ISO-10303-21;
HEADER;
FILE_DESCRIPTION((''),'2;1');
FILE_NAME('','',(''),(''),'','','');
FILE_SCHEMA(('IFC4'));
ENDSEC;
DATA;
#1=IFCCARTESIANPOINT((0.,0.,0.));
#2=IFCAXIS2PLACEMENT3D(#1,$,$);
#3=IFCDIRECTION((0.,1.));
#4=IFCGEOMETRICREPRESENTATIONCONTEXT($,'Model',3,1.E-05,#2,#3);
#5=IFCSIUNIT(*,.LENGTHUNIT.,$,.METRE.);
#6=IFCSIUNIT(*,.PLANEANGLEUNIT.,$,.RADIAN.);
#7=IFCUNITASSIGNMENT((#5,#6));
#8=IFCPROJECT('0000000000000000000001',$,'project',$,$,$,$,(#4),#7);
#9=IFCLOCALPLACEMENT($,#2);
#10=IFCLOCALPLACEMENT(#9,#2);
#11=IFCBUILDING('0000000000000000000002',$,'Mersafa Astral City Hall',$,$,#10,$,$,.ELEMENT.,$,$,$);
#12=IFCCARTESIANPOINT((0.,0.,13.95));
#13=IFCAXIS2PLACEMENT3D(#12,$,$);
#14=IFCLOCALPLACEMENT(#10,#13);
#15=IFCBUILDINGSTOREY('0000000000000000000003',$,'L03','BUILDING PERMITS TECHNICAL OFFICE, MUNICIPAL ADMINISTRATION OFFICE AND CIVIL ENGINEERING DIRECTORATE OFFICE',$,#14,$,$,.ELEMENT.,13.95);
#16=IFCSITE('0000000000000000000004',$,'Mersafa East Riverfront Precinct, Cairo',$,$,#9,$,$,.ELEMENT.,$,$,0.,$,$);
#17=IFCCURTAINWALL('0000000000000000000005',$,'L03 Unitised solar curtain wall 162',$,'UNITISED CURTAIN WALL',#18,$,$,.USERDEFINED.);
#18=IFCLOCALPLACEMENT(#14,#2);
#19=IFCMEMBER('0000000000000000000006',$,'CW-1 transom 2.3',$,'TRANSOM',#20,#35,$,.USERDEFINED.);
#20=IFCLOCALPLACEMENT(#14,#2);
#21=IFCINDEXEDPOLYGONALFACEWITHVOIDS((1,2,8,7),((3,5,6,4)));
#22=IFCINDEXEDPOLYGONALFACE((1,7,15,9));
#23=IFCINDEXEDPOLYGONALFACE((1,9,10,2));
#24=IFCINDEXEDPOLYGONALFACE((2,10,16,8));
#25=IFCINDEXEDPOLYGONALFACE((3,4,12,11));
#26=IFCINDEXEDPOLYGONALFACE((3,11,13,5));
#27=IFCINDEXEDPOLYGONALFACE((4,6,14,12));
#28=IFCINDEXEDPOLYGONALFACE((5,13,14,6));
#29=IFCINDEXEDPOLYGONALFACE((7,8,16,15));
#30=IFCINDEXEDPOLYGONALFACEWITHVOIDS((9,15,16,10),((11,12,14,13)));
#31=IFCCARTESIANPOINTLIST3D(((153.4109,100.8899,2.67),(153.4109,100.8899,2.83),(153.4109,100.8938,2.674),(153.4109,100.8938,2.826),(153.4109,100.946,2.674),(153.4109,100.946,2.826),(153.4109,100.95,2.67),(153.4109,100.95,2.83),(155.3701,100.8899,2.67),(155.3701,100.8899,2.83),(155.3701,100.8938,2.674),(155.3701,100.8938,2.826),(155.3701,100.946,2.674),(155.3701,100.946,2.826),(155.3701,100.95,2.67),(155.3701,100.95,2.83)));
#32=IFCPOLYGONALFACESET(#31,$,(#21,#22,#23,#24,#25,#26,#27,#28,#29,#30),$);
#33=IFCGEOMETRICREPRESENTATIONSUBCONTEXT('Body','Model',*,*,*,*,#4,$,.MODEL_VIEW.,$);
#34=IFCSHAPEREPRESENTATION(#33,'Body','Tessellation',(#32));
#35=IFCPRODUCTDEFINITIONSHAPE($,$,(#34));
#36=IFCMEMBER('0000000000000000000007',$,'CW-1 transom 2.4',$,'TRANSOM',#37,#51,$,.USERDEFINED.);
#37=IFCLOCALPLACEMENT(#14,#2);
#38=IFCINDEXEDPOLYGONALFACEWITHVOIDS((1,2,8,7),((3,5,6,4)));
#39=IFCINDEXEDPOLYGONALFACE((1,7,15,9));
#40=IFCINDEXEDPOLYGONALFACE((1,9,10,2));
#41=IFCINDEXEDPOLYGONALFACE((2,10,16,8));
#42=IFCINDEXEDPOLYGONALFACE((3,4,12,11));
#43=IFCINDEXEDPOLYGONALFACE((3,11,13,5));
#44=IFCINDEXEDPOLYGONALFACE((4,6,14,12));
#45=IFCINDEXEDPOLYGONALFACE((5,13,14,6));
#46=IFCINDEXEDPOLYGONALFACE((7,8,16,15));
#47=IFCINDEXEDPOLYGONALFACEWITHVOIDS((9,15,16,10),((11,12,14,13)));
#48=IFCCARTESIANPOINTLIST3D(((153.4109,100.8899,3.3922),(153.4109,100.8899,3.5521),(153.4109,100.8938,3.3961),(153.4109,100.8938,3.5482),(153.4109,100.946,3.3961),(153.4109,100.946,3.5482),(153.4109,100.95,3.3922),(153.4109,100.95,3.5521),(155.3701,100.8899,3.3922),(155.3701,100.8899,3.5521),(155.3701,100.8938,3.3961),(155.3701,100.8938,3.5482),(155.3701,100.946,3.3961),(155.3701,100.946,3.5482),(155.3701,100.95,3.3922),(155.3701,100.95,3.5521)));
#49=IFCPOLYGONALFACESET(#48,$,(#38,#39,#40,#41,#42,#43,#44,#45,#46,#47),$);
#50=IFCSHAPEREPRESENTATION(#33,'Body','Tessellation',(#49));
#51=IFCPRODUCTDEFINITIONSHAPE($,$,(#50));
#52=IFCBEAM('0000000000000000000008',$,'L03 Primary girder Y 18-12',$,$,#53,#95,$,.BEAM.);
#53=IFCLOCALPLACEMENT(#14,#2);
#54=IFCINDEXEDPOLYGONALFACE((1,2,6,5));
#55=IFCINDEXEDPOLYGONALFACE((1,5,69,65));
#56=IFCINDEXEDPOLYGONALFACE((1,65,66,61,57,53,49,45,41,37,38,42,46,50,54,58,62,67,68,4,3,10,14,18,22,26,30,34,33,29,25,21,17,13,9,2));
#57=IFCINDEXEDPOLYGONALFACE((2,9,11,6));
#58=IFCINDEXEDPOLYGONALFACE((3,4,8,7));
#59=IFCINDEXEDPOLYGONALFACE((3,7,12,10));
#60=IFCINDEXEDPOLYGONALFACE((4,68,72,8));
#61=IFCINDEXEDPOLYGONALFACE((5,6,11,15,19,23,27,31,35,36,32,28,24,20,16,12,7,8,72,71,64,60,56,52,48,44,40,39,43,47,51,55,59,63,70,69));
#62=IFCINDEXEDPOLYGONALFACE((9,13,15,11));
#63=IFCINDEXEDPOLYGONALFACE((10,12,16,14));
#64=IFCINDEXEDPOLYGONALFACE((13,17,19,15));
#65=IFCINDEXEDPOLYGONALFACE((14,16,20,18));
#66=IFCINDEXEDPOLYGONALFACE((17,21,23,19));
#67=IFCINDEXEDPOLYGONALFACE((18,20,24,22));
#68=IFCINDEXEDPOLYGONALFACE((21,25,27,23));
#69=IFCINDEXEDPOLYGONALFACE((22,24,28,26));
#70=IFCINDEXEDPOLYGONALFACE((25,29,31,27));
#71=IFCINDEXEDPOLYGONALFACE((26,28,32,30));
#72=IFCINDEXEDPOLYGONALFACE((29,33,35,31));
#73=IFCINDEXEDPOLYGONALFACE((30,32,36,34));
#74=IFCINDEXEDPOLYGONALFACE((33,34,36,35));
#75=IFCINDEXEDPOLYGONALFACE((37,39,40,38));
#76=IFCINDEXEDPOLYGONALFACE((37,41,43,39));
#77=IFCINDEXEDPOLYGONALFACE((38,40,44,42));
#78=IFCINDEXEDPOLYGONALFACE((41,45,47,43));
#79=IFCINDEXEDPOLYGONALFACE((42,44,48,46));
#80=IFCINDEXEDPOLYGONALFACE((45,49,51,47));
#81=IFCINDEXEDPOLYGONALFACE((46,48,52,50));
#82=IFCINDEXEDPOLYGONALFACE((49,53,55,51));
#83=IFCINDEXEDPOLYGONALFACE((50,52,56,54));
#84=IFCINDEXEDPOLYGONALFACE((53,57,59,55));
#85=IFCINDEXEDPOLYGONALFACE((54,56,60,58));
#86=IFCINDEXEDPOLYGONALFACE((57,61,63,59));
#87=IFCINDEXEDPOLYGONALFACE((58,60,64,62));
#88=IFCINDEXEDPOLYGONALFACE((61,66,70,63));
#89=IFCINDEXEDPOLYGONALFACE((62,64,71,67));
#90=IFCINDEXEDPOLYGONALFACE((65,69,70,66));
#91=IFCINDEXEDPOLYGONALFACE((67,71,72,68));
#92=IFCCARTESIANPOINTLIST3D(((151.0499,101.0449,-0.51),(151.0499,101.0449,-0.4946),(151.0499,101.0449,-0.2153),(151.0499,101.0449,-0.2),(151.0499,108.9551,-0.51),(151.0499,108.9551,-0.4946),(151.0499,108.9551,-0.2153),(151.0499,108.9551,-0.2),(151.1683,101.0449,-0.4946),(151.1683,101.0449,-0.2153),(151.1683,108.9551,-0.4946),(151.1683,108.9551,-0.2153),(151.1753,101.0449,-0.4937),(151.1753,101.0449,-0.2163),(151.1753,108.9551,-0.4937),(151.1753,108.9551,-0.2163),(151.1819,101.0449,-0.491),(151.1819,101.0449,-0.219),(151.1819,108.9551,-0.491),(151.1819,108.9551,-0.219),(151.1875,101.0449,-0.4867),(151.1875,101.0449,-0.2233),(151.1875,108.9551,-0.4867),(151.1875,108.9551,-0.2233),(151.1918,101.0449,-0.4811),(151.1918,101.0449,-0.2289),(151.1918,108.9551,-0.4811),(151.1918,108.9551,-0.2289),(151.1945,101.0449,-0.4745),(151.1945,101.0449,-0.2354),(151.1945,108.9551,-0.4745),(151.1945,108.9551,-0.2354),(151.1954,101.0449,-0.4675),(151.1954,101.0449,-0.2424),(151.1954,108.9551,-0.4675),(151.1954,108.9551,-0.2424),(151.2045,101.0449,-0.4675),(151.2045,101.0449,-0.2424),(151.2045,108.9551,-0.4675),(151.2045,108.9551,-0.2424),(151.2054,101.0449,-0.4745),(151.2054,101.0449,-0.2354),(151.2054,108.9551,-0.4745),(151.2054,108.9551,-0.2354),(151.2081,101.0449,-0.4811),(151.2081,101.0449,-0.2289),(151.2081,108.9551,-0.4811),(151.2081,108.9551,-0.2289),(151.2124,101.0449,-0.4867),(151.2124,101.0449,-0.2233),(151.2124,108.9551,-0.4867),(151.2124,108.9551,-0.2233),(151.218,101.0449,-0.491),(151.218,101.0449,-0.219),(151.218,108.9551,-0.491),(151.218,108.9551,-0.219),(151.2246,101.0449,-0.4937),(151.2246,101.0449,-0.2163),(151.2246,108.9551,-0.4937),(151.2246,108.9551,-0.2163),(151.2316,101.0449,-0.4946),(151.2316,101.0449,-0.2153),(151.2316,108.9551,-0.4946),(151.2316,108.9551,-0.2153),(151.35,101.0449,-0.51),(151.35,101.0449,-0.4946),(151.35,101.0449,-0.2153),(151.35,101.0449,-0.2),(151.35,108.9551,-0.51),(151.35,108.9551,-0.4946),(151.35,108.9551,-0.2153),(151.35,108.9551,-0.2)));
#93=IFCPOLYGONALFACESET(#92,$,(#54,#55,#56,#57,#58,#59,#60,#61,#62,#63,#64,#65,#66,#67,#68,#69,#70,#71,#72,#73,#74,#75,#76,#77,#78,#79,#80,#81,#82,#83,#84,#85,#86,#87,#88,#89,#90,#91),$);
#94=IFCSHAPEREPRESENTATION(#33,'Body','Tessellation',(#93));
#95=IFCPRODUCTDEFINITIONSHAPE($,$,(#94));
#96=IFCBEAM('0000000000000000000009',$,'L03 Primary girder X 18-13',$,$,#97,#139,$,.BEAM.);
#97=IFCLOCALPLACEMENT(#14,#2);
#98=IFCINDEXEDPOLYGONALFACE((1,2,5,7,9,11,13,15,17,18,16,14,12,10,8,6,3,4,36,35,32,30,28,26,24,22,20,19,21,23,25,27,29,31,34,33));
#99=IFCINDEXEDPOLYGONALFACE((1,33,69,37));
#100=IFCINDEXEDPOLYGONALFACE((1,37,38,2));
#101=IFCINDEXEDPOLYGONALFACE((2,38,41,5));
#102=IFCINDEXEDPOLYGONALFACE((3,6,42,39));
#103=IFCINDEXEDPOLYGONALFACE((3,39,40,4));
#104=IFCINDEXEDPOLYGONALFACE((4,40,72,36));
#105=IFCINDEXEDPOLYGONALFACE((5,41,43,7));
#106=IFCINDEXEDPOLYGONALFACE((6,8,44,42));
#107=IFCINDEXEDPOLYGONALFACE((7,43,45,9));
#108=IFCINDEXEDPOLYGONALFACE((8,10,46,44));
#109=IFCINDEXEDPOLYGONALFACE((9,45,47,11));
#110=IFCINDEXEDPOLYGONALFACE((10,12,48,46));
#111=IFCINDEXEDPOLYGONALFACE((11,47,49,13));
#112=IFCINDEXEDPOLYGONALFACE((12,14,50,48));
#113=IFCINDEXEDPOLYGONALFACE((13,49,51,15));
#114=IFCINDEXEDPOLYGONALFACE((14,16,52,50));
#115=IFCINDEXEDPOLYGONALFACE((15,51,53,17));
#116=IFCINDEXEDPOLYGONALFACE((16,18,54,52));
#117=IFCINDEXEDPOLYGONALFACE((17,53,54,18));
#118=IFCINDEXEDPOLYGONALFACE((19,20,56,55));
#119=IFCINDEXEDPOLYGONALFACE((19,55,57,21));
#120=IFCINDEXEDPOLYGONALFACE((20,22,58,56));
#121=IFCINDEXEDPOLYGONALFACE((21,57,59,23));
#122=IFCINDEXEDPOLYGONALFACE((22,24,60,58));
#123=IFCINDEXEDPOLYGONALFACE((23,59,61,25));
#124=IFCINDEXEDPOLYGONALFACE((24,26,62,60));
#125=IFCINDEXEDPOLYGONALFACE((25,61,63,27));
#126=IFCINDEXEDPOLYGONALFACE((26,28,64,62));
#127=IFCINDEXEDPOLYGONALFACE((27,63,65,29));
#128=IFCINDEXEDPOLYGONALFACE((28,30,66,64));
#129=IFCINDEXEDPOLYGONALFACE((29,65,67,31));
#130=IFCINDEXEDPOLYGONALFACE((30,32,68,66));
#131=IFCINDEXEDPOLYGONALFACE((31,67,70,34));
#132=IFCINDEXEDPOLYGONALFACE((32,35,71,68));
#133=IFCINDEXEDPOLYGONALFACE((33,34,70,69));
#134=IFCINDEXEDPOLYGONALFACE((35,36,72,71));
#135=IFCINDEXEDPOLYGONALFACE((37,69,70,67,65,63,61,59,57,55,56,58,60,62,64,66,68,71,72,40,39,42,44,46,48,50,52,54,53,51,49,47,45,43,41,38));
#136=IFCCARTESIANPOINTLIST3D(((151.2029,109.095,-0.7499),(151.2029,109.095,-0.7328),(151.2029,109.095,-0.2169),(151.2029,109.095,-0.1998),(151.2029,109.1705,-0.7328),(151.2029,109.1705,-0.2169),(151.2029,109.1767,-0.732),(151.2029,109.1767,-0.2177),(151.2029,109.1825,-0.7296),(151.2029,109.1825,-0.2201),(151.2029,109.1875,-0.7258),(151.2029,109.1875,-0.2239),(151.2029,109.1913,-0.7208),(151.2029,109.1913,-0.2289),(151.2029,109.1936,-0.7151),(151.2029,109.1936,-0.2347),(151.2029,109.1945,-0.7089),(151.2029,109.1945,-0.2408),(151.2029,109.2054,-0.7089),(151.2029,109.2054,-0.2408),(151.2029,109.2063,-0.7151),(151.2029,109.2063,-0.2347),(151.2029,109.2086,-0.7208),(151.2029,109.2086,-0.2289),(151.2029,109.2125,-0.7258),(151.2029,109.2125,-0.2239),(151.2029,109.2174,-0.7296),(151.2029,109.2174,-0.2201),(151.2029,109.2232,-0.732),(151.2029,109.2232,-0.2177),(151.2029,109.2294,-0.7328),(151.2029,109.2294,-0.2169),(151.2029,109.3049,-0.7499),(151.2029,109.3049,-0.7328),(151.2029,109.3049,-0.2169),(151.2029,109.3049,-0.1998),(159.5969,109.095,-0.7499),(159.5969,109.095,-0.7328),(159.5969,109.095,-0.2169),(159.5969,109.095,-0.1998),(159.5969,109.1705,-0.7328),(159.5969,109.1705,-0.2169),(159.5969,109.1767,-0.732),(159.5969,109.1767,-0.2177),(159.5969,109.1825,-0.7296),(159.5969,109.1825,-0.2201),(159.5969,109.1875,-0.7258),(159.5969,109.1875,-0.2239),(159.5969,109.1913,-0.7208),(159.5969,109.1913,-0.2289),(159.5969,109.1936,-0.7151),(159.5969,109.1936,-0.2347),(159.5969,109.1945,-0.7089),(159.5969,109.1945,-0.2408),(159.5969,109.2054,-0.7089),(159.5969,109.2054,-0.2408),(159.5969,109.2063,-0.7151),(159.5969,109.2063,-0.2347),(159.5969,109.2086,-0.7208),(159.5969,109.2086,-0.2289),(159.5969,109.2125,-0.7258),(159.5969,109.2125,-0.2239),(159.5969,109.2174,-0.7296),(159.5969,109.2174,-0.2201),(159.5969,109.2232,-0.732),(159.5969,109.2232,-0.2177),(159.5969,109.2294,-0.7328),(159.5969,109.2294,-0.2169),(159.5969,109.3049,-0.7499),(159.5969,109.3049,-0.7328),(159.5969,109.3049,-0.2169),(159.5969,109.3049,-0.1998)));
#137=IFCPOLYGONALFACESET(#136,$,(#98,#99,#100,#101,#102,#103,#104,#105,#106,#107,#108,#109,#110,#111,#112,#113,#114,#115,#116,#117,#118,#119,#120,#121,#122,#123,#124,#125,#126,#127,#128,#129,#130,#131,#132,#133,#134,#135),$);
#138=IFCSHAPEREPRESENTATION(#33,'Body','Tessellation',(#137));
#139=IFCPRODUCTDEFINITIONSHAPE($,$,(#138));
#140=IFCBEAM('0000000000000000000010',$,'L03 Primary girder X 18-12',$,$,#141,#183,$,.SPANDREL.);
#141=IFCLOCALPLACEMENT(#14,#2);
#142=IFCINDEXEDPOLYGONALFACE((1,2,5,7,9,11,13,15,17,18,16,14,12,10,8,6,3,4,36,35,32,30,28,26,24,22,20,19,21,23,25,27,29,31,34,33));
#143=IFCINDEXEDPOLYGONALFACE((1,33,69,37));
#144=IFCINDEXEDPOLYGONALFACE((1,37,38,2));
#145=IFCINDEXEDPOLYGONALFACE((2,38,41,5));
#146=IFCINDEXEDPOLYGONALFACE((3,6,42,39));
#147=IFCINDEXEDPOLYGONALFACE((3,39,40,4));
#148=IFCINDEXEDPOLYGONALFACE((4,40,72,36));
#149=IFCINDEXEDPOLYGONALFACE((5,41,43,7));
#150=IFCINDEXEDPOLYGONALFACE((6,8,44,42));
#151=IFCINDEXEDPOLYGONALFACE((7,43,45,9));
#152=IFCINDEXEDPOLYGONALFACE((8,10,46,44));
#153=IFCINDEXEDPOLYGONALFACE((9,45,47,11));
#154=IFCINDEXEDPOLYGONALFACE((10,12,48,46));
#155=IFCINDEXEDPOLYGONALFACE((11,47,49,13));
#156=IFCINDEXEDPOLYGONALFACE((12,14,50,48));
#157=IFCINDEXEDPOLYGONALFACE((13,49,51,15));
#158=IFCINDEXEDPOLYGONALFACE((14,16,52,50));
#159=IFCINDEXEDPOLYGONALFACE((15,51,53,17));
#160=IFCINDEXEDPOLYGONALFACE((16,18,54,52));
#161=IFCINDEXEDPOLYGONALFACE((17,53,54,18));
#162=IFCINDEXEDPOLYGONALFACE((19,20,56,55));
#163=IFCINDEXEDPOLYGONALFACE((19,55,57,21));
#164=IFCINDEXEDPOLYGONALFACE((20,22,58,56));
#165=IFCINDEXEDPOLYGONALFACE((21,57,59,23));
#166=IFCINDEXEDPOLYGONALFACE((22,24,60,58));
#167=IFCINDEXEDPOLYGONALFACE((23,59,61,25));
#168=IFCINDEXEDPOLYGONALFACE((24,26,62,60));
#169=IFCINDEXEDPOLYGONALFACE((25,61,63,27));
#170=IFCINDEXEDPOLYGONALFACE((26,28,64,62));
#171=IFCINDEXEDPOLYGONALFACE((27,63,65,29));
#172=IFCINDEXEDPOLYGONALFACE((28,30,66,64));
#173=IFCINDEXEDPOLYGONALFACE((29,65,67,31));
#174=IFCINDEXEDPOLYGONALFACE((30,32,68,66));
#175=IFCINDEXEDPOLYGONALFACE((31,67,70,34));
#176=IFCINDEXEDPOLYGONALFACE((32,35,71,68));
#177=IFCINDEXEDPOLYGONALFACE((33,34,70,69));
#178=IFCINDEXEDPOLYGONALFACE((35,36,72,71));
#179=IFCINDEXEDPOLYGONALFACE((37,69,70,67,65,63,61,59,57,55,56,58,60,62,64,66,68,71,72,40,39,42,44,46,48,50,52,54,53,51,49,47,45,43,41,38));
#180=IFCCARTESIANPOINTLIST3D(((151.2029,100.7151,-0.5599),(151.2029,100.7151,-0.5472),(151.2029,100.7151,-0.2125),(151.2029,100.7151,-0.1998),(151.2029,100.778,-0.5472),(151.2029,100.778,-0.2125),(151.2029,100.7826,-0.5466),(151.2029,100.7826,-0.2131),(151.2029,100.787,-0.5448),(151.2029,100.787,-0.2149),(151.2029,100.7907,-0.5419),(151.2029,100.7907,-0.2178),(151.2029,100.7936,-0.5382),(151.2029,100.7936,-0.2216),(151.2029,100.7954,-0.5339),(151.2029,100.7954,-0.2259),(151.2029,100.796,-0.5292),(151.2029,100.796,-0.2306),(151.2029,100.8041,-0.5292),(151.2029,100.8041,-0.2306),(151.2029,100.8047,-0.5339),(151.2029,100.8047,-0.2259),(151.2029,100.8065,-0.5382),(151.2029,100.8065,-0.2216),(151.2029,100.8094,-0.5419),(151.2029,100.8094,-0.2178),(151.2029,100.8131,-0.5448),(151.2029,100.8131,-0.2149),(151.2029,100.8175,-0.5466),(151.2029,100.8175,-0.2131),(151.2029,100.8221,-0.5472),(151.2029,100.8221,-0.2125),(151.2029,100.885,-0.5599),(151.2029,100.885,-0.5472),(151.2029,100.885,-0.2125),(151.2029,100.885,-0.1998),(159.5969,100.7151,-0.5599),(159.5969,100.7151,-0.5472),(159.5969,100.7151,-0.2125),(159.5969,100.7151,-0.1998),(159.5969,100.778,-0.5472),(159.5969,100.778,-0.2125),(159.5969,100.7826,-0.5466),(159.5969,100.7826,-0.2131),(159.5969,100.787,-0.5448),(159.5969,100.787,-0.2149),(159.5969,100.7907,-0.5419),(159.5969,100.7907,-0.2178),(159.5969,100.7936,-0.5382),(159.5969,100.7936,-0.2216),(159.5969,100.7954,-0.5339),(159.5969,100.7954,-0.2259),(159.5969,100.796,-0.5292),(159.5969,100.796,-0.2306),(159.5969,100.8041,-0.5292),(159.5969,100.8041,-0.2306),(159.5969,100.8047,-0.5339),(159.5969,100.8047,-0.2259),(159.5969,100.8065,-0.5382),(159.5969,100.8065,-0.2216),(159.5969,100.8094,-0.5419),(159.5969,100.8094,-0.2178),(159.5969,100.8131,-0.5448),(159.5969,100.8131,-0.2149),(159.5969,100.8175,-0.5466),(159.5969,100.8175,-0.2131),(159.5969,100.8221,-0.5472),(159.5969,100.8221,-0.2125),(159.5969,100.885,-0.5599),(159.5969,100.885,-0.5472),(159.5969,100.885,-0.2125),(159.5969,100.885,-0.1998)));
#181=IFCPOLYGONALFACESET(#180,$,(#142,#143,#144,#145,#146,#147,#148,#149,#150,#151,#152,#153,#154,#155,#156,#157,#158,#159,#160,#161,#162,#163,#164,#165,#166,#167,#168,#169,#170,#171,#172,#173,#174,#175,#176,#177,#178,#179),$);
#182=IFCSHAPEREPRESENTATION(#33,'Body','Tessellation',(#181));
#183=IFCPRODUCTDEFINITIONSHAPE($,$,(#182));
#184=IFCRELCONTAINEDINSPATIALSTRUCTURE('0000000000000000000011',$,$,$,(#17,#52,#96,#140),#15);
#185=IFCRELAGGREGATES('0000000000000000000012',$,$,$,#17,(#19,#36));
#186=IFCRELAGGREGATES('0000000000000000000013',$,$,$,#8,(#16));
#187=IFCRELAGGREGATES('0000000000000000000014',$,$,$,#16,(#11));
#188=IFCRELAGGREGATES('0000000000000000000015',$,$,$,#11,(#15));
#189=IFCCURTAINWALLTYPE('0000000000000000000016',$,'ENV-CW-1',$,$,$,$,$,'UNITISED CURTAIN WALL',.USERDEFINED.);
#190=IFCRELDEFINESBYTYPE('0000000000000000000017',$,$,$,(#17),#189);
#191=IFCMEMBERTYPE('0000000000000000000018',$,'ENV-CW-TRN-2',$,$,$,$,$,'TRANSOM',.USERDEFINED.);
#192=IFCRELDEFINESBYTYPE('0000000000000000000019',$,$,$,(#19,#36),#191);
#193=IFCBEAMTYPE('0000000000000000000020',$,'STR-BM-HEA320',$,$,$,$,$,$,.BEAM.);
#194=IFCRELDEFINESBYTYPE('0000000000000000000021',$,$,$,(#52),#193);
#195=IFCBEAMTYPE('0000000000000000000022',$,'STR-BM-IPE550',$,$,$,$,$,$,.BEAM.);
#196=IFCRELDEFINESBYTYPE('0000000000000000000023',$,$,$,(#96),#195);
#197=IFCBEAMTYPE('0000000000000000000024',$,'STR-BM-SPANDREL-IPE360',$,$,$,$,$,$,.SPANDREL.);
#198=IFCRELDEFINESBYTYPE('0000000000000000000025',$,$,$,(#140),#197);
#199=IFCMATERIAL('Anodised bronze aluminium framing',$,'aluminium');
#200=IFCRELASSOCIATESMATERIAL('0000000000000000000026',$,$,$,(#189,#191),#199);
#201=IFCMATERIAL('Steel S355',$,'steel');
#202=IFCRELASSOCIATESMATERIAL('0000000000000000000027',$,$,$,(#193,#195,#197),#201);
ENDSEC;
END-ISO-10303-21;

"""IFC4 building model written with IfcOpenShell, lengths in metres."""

from ifc_helpers import new_model, si_unit, direction, frame, origin, origin_2d, place, context, subcontext, project, spatial, hollow_rectangle, i_section, extrude, material, material_profile, profile_set, type_object, element, aggregate, save


model = new_model("IFC4")

# Units and contexts
model_context = context("Model", 3, precision=1e-05, world=origin(), true_north=direction((0.0, 1.0)))
body_context = subcontext(model_context, "Body", "Model", "MODEL_VIEW")
ifc_project = project(units=[si_unit("LENGTHUNIT", "METRE"), si_unit("PLANEANGLEUNIT", "RADIAN")], contexts=[model_context])

# Site, building, storey
site_placement = place(None, origin())
site = spatial("IfcSite", under=ifc_project, at=site_placement, Name="Mersafa East Riverfront Precinct, Cairo", CompositionType="ELEMENT", RefElevation=0.0)
building_placement = place(site_placement, origin())
building = spatial("IfcBuilding", under=site, at=building_placement, Name="Mersafa Astral City Hall", CompositionType="ELEMENT")
storey_placement = place(building_placement, frame((0.0, 0.0, 13.95)))
storey = spatial("IfcBuildingStorey", under=building, at=storey_placement, Name="L03", Description="BUILDING PERMITS TECHNICAL OFFICE, MUNICIPAL ADMINISTRATION OFFICE AND CIVIL ENGINEERING DIRECTORATE OFFICE", CompositionType="ELEMENT", Elevation=13.95)

# Shared definitions
ifc_material_1 = material(Name="Steel S355", Category="steel")

# Curtain wall, members
ifc_material_2 = material(Name="Anodised bronze aluminium framing", Category="aluminium")
curtain_wall_type = type_object("IfcCurtainWallType", Name="ENV-CW-1", ElementType="UNITISED CURTAIN WALL", PredefinedType="USERDEFINED", material=ifc_material_2)
curtain_wall_placement = place(storey_placement, origin())
curtain_wall = element("IfcCurtainWall", 1, at=curtain_wall_placement, inside=storey, type_object=curtain_wall_type, Name="L03 Unitised solar curtain wall 162", ObjectType="UNITISED CURTAIN WALL", PredefinedType="USERDEFINED")
ifc_material_profile_1 = material_profile(ifc_material_2, hollow_rectangle(XDim=0.0601, YDim=0.1599, WallThickness=0.0039, at=origin_2d()), Name="RHS 60x160x4")
ifc_profile_set_1 = profile_set([ifc_material_profile_1], Name="Anodised bronze aluminium framing")
member_type_1 = type_object("IfcMemberType", Name="ENV-CW-TRN-2", ElementType="TRANSOM", PredefinedType="USERDEFINED", material=ifc_profile_set_1)
member_1_placement = place(storey_placement, frame((153.4109, 100.9199, 2.75), z_axis=(1.0, 0.0, 0.0), x_axis=(0.0, 1.0, 0.0)))
member_1 = element("IfcMember", 2, at=member_1_placement, type_object=member_type_1, Name="CW-1 transom 2.3", ObjectType="TRANSOM", PredefinedType="USERDEFINED", context=body_context, shape_type="SweptSolid", body=[
    extrude(hollow_rectangle(XDim=0.0601, YDim=0.1599, WallThickness=0.0039, at=origin_2d()), origin(), (0.0, 0.0, 1.0), 1.9592),
])
member_2_placement = place(storey_placement, frame((153.4109, 100.9199, 3.4722), z_axis=(1.0, 0.0, 0.0), x_axis=(0.0, 1.0, 0.0)))
member_2 = element("IfcMember", 3, at=member_2_placement, type_object=member_type_1, Name="CW-1 transom 2.4", ObjectType="TRANSOM", PredefinedType="USERDEFINED", context=body_context, shape_type="SweptSolid", body=[
    extrude(hollow_rectangle(XDim=0.0601, YDim=0.1599, WallThickness=0.0039, at=origin_2d()), origin(), (0.0, 0.0, 1.0), 1.9592),
])

# Beams
ifc_material_profile_2 = material_profile(ifc_material_1, i_section(OverallWidth=0.3, OverallDepth=0.3101, WebThickness=0.009, FlangeThickness=0.0154, FilletRadius=0.0271, at=origin_2d()), Name="HEA 320")
ifc_profile_set_2 = profile_set([ifc_material_profile_2], Name="Steel S355")
beam_type_1 = type_object("IfcBeamType", Name="STR-BM-HEA320", PredefinedType="BEAM", material=ifc_profile_set_2)
beam_1_placement = place(storey_placement, frame((151.2, 101.0449, -0.355), z_axis=(0.0, 1.0, 0.0), x_axis=(-1.0, 0.0, 0.0)))
element("IfcBeam", 4, at=beam_1_placement, inside=storey, type_object=beam_type_1, Name="L03 Primary girder Y 18-12", PredefinedType="BEAM", context=body_context, shape_type="SweptSolid", body=[
    extrude(i_section(OverallWidth=0.3, OverallDepth=0.3101, WebThickness=0.009, FlangeThickness=0.0154, FilletRadius=0.0271, at=origin_2d()), origin(), (0.0, 0.0, 1.0), 7.9102),
])
ifc_material_profile_3 = material_profile(ifc_material_1, i_section(OverallWidth=0.21, OverallDepth=0.55, WebThickness=0.011, FlangeThickness=0.0171, FilletRadius=0.0239, at=origin_2d()), Name="IPE 550")
ifc_profile_set_3 = profile_set([ifc_material_profile_3], Name="Steel S355")
beam_type_2 = type_object("IfcBeamType", Name="STR-BM-IPE550", PredefinedType="BEAM", material=ifc_profile_set_3)
beam_2_placement = place(storey_placement, frame((151.2029, 109.2, -0.4749), z_axis=(1.0, 0.0, 0.0), x_axis=(0.0, 1.0, 0.0)))
element("IfcBeam", 5, at=beam_2_placement, inside=storey, type_object=beam_type_2, Name="L03 Primary girder X 18-13", PredefinedType="BEAM", context=body_context, shape_type="SweptSolid", body=[
    extrude(i_section(OverallWidth=0.21, OverallDepth=0.55, WebThickness=0.011, FlangeThickness=0.0171, FilletRadius=0.0239, at=origin_2d()), origin(), (0.0, 0.0, 1.0), 8.394),
])
ifc_material_profile_4 = material_profile(ifc_material_1, i_section(OverallWidth=0.1699, OverallDepth=0.3601, WebThickness=0.0081, FlangeThickness=0.0127, FilletRadius=0.0181, at=origin_2d()), Name="IPE 360")
ifc_profile_set_4 = profile_set([ifc_material_profile_4], Name="Steel S355")
beam_type_3 = type_object("IfcBeamType", Name="STR-BM-SPANDREL-IPE360", PredefinedType="SPANDREL", material=ifc_profile_set_4)
beam_3_placement = place(storey_placement, frame((151.2029, 100.8, -0.3799), z_axis=(1.0, 0.0, 0.0), x_axis=(0.0, 1.0, 0.0)))
element("IfcBeam", 6, at=beam_3_placement, inside=storey, type_object=beam_type_3, Name="L03 Primary girder X 18-12", PredefinedType="SPANDREL", context=body_context, shape_type="SweptSolid", body=[
    extrude(i_section(OverallWidth=0.1699, OverallDepth=0.3601, WebThickness=0.0081, FlangeThickness=0.0127, FilletRadius=0.0181, at=origin_2d()), origin(), (0.0, 0.0, 1.0), 8.394),
])

aggregate(curtain_wall, [member_1, member_2])

save(model, "model.ifc")
